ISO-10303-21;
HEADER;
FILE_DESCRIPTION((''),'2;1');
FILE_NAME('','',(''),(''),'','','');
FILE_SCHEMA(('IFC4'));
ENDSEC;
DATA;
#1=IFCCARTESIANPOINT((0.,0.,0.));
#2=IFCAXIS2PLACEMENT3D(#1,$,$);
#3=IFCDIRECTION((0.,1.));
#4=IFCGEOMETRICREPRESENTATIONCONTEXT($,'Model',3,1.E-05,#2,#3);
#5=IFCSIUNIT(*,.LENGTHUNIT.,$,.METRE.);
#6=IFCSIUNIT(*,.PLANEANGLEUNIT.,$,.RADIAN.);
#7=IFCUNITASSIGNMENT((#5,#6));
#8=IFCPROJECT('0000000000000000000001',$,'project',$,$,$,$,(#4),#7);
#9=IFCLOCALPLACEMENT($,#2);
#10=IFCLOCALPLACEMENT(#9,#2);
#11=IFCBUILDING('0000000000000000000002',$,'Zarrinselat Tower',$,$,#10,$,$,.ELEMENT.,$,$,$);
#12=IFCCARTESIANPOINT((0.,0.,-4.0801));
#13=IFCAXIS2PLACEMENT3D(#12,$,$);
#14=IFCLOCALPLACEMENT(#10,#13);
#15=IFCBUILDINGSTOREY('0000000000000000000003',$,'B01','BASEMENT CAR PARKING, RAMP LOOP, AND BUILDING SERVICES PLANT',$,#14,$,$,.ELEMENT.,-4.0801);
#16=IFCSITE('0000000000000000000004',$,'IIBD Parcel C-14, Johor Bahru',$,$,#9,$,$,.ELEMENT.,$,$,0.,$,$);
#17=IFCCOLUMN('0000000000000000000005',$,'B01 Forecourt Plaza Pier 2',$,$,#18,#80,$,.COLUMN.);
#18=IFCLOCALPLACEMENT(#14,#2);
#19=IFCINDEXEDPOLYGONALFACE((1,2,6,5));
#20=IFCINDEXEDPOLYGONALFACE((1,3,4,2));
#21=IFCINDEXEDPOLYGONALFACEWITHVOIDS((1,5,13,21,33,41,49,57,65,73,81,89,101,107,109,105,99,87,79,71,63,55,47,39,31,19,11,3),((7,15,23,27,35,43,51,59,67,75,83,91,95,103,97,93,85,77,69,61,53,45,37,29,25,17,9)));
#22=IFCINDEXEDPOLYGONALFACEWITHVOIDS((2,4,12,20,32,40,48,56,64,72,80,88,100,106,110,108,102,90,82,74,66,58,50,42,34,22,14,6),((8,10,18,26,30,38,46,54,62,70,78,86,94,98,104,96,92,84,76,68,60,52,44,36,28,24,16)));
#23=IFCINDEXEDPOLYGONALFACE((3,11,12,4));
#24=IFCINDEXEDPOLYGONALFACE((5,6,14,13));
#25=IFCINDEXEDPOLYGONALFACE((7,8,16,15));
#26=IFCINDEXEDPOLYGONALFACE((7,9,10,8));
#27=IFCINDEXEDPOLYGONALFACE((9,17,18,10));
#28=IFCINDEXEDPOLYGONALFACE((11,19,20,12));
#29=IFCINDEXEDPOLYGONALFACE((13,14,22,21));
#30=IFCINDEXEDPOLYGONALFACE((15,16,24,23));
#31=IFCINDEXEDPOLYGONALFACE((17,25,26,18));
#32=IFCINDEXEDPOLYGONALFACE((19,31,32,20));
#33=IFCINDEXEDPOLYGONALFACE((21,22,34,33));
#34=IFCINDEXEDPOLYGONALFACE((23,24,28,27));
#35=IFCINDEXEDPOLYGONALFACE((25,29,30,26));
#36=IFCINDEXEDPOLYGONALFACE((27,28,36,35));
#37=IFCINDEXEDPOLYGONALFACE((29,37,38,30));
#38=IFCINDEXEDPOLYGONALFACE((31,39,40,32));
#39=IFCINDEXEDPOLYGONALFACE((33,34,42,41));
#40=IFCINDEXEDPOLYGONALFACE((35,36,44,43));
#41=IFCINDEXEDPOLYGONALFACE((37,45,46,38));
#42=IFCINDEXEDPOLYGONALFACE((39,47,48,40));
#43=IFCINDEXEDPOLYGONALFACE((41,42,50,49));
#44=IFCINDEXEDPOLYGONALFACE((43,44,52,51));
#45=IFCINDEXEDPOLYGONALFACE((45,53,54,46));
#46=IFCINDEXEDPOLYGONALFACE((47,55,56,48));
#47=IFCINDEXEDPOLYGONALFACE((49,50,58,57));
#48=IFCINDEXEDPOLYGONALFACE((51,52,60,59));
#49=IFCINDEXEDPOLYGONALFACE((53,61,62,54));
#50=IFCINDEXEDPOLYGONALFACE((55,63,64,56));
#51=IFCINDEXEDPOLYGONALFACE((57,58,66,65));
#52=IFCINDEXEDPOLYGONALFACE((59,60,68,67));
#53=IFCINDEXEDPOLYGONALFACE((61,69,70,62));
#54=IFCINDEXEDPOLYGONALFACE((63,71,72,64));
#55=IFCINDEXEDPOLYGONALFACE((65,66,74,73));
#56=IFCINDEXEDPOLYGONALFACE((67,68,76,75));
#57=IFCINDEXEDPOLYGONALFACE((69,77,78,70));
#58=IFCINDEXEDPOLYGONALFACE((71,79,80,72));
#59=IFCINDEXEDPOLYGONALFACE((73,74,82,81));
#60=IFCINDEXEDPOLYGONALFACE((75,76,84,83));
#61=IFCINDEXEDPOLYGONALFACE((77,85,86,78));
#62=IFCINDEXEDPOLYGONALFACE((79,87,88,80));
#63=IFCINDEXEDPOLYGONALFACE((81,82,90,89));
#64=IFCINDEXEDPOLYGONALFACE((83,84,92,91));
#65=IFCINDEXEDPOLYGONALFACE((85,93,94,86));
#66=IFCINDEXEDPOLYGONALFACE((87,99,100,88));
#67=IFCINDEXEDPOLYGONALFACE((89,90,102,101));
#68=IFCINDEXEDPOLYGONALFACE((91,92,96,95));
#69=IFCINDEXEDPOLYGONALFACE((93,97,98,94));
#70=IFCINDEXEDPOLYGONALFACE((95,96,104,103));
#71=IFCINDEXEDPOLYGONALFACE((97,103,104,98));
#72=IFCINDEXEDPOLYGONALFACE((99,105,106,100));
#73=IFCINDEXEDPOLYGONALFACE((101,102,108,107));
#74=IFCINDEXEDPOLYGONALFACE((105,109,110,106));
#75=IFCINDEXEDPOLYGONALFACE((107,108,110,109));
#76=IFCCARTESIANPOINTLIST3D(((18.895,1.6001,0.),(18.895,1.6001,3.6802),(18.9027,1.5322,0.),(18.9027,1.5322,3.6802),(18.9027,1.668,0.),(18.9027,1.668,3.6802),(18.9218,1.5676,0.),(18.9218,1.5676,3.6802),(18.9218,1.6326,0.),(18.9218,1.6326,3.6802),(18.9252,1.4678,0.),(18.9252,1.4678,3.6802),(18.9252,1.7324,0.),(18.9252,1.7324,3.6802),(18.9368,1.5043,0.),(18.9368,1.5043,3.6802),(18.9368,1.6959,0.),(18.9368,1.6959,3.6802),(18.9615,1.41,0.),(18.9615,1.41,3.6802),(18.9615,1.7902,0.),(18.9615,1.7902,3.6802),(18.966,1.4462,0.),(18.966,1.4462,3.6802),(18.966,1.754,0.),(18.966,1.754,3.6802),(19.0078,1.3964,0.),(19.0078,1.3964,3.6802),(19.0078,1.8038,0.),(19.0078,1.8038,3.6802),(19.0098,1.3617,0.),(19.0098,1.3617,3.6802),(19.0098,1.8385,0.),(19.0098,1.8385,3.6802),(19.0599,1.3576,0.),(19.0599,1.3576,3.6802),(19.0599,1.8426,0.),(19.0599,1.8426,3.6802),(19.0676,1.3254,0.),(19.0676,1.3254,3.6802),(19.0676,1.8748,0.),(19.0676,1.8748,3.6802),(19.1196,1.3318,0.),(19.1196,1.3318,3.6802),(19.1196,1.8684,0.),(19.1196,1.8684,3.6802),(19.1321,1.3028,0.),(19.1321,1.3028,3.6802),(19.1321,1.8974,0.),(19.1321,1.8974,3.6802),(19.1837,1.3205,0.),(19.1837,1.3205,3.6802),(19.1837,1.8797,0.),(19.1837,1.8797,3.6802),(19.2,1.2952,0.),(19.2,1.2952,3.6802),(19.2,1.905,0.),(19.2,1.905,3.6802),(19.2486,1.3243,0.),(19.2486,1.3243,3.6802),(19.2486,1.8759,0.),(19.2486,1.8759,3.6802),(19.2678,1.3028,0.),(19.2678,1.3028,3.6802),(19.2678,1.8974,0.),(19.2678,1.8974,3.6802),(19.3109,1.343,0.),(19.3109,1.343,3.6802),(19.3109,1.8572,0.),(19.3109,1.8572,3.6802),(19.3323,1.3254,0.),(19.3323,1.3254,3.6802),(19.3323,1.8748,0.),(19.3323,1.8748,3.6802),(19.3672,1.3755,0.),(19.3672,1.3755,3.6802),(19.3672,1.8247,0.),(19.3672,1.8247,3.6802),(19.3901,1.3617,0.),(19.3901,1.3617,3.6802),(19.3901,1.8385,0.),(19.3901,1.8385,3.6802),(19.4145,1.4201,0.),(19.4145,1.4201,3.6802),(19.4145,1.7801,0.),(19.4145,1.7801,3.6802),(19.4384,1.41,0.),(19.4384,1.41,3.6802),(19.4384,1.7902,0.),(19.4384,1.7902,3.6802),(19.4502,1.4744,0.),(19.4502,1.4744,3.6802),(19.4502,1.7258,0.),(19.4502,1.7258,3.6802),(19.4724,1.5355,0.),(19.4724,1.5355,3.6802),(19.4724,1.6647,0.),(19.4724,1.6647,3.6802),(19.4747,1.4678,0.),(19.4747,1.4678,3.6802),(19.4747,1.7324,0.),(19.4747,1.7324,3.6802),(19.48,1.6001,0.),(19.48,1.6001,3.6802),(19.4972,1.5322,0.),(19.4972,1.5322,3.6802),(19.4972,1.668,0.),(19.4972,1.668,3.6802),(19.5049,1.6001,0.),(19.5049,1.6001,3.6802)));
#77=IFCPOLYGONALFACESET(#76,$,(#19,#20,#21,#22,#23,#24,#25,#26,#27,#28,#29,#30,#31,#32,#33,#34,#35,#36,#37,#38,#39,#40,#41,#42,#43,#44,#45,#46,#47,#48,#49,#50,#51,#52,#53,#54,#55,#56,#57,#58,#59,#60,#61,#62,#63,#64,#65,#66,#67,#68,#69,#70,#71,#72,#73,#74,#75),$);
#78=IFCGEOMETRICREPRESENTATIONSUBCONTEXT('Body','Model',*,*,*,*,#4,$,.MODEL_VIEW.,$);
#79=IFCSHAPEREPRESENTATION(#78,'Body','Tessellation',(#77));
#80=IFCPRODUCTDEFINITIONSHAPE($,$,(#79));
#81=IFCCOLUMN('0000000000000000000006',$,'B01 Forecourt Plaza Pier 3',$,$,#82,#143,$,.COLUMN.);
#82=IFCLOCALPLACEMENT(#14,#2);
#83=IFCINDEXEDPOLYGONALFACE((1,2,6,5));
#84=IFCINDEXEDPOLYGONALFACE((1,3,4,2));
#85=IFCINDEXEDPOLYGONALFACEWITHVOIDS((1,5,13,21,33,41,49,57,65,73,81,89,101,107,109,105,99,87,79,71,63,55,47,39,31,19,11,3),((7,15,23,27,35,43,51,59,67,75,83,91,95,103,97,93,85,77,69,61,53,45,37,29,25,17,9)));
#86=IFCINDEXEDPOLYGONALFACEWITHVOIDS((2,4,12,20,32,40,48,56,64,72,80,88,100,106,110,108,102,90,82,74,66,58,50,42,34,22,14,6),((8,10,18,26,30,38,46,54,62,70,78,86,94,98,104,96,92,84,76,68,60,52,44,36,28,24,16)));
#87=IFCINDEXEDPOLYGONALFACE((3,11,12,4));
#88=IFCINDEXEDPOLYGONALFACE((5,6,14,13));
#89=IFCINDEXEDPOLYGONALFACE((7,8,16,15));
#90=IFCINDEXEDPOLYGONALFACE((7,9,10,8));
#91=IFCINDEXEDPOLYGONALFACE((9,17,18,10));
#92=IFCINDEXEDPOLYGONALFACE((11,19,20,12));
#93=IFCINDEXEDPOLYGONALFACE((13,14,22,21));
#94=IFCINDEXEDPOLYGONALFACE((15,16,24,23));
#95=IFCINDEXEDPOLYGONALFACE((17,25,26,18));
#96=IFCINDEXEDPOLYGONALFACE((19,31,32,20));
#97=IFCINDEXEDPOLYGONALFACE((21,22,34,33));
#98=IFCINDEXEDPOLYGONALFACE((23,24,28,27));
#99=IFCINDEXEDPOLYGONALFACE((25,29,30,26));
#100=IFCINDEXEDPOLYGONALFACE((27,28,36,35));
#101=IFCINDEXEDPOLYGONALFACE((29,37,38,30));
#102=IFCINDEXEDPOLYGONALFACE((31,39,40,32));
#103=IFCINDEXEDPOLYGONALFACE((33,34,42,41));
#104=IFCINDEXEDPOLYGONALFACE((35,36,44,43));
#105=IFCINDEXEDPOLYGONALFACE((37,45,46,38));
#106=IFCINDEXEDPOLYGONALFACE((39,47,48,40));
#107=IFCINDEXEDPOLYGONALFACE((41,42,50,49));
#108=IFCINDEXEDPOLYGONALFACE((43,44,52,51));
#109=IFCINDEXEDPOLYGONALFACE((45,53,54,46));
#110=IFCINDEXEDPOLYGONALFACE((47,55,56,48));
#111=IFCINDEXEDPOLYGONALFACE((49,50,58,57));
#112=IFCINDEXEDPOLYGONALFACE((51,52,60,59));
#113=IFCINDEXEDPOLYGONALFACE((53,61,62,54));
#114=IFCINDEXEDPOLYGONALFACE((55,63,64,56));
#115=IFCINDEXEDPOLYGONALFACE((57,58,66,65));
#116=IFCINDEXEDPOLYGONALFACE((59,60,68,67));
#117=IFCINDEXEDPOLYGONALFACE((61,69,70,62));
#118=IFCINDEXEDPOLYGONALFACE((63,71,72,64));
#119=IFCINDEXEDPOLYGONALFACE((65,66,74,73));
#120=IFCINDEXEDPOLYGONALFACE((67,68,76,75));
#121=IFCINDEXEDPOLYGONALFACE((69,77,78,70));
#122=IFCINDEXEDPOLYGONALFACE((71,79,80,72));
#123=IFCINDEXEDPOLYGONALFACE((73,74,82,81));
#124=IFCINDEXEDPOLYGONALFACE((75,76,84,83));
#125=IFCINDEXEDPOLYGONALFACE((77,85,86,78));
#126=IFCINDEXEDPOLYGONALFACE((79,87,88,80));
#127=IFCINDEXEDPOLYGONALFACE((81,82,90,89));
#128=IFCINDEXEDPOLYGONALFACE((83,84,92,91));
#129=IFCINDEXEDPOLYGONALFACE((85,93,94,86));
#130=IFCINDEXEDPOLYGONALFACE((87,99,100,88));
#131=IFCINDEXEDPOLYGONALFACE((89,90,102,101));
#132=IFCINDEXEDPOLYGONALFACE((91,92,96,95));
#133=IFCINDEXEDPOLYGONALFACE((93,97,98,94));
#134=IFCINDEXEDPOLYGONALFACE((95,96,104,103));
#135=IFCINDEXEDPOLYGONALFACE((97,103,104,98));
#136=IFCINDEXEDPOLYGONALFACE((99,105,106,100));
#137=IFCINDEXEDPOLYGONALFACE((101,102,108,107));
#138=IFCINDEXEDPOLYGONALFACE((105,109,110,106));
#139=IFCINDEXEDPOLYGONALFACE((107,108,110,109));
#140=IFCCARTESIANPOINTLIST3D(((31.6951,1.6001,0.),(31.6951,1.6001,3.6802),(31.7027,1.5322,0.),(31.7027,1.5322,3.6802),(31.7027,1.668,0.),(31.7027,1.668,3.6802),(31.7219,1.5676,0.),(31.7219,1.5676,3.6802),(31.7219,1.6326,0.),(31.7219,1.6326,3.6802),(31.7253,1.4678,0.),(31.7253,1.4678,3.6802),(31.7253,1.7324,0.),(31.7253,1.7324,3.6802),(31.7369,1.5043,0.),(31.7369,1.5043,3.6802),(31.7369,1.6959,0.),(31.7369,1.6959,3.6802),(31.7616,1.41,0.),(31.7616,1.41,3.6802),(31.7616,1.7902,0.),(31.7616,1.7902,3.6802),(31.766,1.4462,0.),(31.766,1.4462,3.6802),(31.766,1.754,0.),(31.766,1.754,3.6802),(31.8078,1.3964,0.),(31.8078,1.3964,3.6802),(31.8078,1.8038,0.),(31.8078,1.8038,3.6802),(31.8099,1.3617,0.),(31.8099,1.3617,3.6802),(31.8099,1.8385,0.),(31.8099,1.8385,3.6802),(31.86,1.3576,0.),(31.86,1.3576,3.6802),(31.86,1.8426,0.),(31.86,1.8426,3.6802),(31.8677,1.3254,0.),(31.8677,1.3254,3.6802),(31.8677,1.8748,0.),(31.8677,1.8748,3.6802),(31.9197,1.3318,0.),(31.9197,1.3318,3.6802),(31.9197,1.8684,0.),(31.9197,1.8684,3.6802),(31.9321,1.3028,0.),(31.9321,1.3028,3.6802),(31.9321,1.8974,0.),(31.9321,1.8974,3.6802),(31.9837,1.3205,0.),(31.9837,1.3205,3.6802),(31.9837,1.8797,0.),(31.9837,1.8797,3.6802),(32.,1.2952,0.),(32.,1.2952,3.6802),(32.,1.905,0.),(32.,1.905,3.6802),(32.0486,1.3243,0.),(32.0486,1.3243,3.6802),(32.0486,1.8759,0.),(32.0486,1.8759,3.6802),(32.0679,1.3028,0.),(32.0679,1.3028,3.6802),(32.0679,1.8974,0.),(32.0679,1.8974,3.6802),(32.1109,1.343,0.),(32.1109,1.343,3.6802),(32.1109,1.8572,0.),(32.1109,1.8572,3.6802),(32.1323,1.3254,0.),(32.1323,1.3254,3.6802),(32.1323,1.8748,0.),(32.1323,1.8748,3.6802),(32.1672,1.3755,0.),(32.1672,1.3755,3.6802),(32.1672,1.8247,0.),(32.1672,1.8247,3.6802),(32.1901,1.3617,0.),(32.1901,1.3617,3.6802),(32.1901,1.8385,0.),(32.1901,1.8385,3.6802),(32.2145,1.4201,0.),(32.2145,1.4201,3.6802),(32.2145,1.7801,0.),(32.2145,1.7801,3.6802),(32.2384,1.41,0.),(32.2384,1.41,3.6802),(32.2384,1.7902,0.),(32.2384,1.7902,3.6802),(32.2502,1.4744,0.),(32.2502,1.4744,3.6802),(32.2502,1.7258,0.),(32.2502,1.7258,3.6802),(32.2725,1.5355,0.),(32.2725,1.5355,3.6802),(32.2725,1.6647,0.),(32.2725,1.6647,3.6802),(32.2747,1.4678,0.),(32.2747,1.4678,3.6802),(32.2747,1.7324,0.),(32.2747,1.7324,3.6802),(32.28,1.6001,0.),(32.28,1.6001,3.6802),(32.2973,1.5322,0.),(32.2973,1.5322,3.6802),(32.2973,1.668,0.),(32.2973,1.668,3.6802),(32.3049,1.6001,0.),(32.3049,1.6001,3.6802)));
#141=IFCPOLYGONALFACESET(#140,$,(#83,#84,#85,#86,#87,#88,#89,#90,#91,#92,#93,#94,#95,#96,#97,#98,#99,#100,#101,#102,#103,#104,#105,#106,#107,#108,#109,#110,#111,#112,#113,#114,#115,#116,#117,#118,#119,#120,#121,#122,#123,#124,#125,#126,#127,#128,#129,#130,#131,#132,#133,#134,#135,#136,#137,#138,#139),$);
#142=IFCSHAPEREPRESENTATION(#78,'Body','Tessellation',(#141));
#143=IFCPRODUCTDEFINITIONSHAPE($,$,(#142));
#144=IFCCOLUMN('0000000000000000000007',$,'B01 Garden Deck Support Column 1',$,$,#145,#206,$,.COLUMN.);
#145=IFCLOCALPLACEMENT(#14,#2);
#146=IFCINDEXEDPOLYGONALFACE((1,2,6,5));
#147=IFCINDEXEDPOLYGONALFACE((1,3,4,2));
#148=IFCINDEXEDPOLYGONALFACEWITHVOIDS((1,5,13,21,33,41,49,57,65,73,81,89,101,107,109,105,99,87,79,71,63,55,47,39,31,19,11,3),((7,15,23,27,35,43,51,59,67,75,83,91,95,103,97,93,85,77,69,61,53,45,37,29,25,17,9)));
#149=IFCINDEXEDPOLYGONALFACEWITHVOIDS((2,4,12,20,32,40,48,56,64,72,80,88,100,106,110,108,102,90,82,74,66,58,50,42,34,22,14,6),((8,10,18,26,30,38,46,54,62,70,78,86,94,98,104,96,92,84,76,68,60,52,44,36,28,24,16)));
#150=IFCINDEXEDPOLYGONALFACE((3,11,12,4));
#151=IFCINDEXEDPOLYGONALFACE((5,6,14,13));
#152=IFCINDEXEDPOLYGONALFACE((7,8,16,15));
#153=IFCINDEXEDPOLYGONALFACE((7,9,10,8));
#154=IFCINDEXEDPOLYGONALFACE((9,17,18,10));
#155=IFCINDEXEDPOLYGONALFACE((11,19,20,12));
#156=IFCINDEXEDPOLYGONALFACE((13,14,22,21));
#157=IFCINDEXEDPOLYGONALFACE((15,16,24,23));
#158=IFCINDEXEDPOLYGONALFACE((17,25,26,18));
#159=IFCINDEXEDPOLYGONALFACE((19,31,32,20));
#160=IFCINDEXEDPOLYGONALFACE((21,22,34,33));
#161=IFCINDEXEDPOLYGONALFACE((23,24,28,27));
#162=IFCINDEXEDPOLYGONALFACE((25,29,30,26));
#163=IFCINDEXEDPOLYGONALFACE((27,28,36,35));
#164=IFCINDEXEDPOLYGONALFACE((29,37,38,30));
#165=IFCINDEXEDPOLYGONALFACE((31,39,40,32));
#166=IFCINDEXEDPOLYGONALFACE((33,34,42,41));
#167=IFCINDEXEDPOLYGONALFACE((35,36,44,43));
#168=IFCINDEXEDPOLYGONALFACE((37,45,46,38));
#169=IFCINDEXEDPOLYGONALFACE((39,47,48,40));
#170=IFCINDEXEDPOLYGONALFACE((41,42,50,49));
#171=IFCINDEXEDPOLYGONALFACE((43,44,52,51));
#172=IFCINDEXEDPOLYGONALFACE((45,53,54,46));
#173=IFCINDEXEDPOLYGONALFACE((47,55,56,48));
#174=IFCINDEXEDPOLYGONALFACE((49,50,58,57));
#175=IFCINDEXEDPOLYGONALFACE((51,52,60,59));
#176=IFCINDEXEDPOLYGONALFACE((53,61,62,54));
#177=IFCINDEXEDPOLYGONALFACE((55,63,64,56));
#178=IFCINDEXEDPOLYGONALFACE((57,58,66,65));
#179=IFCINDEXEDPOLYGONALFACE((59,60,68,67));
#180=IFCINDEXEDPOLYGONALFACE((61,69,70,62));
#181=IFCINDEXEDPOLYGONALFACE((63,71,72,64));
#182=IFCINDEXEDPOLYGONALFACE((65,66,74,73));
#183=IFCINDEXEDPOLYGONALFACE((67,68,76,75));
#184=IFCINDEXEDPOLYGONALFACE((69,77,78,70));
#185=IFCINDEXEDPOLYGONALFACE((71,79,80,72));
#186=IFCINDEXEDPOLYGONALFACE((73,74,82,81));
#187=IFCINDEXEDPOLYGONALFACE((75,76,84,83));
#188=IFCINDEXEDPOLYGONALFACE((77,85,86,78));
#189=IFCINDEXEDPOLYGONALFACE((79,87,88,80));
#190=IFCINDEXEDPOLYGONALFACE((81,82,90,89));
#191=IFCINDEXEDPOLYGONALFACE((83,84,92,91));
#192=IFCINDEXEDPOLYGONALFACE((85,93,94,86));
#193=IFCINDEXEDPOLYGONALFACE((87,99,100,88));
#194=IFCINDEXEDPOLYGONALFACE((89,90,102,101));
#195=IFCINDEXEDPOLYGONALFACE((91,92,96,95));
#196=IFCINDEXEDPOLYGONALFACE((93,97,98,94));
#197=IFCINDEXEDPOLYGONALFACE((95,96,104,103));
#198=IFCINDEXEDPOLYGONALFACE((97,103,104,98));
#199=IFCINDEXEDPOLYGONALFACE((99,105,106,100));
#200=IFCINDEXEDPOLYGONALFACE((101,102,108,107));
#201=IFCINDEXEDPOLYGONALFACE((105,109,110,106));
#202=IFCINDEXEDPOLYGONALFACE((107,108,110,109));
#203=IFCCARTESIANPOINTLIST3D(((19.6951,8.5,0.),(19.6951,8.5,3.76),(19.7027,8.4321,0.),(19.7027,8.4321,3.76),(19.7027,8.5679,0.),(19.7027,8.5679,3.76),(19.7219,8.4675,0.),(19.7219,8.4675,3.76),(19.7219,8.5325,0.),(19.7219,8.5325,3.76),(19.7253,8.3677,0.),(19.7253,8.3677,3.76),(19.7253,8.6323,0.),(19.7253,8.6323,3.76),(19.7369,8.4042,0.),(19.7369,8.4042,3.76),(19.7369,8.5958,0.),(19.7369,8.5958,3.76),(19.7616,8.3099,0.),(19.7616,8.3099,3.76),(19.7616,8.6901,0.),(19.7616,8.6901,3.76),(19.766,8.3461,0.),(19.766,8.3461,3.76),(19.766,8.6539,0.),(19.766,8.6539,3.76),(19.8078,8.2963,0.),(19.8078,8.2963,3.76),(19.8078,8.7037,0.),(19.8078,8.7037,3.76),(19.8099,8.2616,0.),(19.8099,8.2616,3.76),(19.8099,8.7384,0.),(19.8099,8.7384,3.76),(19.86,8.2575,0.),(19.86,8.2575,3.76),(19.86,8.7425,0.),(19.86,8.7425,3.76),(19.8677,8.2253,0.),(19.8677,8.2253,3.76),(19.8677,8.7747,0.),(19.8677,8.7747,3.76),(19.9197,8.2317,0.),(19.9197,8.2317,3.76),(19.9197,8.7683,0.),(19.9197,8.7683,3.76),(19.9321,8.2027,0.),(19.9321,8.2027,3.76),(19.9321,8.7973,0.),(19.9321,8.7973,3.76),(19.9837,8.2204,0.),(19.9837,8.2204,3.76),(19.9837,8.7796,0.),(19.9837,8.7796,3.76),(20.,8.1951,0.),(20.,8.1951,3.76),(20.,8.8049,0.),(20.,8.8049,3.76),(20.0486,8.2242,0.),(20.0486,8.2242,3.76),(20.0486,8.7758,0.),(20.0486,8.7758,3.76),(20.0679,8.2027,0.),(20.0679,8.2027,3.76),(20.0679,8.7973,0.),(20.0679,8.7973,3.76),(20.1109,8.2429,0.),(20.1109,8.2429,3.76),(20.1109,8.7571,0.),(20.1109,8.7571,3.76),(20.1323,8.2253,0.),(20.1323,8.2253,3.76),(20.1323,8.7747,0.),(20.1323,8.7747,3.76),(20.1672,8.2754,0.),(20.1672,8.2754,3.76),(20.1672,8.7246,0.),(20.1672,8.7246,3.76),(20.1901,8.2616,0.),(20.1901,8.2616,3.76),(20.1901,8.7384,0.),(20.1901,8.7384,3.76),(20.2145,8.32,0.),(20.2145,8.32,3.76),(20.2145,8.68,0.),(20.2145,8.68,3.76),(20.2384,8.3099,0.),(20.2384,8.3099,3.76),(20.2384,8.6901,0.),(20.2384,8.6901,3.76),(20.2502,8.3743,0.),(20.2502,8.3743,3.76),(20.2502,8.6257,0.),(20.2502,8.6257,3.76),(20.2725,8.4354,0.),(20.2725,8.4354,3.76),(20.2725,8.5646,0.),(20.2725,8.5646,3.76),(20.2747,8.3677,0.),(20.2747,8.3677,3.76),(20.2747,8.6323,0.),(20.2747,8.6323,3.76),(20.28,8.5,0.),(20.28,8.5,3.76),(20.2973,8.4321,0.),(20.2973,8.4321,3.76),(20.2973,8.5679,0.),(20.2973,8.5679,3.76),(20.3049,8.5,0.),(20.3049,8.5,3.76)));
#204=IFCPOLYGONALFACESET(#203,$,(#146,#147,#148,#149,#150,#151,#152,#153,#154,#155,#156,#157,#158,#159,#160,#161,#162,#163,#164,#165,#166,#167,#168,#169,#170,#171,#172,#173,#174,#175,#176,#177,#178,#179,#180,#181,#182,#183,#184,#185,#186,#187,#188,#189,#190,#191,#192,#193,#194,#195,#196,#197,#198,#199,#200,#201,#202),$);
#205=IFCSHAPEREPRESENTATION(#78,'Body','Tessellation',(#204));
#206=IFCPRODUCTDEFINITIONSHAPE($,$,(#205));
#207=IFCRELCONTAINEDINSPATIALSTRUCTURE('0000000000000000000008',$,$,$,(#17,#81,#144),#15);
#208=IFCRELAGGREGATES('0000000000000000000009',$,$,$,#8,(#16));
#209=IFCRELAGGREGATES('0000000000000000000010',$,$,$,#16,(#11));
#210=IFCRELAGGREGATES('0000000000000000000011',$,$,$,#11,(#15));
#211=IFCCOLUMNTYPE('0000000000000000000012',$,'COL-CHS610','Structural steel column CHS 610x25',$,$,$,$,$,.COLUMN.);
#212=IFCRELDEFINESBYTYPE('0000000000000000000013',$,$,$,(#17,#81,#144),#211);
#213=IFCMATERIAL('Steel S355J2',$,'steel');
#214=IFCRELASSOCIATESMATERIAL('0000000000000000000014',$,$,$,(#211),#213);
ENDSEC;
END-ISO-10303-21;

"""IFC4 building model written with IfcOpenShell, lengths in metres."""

from ifc_helpers import new_model, si_unit, direction, frame, origin, origin_2d, place, context, subcontext, project, spatial, hollow_circle, extrude, material, material_profile, profile_set, type_object, element, save


model = new_model("IFC4")

# Units and contexts
model_context = context("Model", 3, precision=1e-05, world=origin(), true_north=direction((0.0, 1.0)))
body_context = subcontext(model_context, "Body", "Model", "MODEL_VIEW")
ifc_project = project(units=[si_unit("LENGTHUNIT", "METRE"), si_unit("PLANEANGLEUNIT", "RADIAN")], contexts=[model_context])

# Site, building, storey
site_placement = place(None, origin())
site = spatial("IfcSite", under=ifc_project, at=site_placement, Name="IIBD Parcel C-14, Johor Bahru", CompositionType="ELEMENT", RefElevation=0.0)
building_placement = place(site_placement, origin())
building = spatial("IfcBuilding", under=site, at=building_placement, Name="Zarrinselat Tower", CompositionType="ELEMENT")
storey_placement = place(building_placement, frame((0.0, 0.0, -4.0801)))
storey = spatial("IfcBuildingStorey", under=building, at=storey_placement, Name="B01", Description="BASEMENT CAR PARKING, RAMP LOOP, AND BUILDING SERVICES PLANT", CompositionType="ELEMENT", Elevation=-4.0801)

# Columns
ifc_material_1 = material(Name="Steel S355J2", Category="steel")
ifc_material_profile_1 = material_profile(ifc_material_1, hollow_circle(Radius=0.3049, WallThickness=0.0249, at=origin_2d()), Name="CHS 610x25")
ifc_profile_set_1 = profile_set([ifc_material_profile_1], Name="Steel S355J2")
column_type_1 = type_object("IfcColumnType", Name="COL-CHS610", Description="Structural steel column CHS 610x25", PredefinedType="COLUMN", material=ifc_profile_set_1)
for number, where, z_axis, x_axis, name in (
    (1, (19.2, 1.6001, 0.0), (0.0, 0.0, 1.0), (1.0, 0.0, 0.0), "B01 Forecourt Plaza Pier 2"),
    (2, (32.0, 1.6001, 0.0), (0.0, 0.0, 1.0), (1.0, 0.0, 0.0), "B01 Forecourt Plaza Pier 3"),
):
    element("IfcColumn", number, at=place(storey_placement, frame(where, z_axis=z_axis, x_axis=x_axis)), inside=storey, type_object=column_type_1, Name=name, PredefinedType="COLUMN", context=body_context, shape_type="SweptSolid", body=[
        extrude(hollow_circle(Radius=0.3049, WallThickness=0.0249, at=origin_2d()), origin(), (0.0, 0.0, 1.0), 3.6802),
    ])
column_1_placement = place(storey_placement, frame((20.0, 8.5, 0.0), z_axis=(0.0, 0.0, 1.0), x_axis=(1.0, 0.0, 0.0)))
element("IfcColumn", 3, at=column_1_placement, inside=storey, type_object=column_type_1, Name="B01 Garden Deck Support Column 1", PredefinedType="COLUMN", context=body_context, shape_type="SweptSolid", body=[
    extrude(hollow_circle(Radius=0.3049, WallThickness=0.0249, at=origin_2d()), origin(), (0.0, 0.0, 1.0), 3.76),
])

save(model, "model.ifc")
